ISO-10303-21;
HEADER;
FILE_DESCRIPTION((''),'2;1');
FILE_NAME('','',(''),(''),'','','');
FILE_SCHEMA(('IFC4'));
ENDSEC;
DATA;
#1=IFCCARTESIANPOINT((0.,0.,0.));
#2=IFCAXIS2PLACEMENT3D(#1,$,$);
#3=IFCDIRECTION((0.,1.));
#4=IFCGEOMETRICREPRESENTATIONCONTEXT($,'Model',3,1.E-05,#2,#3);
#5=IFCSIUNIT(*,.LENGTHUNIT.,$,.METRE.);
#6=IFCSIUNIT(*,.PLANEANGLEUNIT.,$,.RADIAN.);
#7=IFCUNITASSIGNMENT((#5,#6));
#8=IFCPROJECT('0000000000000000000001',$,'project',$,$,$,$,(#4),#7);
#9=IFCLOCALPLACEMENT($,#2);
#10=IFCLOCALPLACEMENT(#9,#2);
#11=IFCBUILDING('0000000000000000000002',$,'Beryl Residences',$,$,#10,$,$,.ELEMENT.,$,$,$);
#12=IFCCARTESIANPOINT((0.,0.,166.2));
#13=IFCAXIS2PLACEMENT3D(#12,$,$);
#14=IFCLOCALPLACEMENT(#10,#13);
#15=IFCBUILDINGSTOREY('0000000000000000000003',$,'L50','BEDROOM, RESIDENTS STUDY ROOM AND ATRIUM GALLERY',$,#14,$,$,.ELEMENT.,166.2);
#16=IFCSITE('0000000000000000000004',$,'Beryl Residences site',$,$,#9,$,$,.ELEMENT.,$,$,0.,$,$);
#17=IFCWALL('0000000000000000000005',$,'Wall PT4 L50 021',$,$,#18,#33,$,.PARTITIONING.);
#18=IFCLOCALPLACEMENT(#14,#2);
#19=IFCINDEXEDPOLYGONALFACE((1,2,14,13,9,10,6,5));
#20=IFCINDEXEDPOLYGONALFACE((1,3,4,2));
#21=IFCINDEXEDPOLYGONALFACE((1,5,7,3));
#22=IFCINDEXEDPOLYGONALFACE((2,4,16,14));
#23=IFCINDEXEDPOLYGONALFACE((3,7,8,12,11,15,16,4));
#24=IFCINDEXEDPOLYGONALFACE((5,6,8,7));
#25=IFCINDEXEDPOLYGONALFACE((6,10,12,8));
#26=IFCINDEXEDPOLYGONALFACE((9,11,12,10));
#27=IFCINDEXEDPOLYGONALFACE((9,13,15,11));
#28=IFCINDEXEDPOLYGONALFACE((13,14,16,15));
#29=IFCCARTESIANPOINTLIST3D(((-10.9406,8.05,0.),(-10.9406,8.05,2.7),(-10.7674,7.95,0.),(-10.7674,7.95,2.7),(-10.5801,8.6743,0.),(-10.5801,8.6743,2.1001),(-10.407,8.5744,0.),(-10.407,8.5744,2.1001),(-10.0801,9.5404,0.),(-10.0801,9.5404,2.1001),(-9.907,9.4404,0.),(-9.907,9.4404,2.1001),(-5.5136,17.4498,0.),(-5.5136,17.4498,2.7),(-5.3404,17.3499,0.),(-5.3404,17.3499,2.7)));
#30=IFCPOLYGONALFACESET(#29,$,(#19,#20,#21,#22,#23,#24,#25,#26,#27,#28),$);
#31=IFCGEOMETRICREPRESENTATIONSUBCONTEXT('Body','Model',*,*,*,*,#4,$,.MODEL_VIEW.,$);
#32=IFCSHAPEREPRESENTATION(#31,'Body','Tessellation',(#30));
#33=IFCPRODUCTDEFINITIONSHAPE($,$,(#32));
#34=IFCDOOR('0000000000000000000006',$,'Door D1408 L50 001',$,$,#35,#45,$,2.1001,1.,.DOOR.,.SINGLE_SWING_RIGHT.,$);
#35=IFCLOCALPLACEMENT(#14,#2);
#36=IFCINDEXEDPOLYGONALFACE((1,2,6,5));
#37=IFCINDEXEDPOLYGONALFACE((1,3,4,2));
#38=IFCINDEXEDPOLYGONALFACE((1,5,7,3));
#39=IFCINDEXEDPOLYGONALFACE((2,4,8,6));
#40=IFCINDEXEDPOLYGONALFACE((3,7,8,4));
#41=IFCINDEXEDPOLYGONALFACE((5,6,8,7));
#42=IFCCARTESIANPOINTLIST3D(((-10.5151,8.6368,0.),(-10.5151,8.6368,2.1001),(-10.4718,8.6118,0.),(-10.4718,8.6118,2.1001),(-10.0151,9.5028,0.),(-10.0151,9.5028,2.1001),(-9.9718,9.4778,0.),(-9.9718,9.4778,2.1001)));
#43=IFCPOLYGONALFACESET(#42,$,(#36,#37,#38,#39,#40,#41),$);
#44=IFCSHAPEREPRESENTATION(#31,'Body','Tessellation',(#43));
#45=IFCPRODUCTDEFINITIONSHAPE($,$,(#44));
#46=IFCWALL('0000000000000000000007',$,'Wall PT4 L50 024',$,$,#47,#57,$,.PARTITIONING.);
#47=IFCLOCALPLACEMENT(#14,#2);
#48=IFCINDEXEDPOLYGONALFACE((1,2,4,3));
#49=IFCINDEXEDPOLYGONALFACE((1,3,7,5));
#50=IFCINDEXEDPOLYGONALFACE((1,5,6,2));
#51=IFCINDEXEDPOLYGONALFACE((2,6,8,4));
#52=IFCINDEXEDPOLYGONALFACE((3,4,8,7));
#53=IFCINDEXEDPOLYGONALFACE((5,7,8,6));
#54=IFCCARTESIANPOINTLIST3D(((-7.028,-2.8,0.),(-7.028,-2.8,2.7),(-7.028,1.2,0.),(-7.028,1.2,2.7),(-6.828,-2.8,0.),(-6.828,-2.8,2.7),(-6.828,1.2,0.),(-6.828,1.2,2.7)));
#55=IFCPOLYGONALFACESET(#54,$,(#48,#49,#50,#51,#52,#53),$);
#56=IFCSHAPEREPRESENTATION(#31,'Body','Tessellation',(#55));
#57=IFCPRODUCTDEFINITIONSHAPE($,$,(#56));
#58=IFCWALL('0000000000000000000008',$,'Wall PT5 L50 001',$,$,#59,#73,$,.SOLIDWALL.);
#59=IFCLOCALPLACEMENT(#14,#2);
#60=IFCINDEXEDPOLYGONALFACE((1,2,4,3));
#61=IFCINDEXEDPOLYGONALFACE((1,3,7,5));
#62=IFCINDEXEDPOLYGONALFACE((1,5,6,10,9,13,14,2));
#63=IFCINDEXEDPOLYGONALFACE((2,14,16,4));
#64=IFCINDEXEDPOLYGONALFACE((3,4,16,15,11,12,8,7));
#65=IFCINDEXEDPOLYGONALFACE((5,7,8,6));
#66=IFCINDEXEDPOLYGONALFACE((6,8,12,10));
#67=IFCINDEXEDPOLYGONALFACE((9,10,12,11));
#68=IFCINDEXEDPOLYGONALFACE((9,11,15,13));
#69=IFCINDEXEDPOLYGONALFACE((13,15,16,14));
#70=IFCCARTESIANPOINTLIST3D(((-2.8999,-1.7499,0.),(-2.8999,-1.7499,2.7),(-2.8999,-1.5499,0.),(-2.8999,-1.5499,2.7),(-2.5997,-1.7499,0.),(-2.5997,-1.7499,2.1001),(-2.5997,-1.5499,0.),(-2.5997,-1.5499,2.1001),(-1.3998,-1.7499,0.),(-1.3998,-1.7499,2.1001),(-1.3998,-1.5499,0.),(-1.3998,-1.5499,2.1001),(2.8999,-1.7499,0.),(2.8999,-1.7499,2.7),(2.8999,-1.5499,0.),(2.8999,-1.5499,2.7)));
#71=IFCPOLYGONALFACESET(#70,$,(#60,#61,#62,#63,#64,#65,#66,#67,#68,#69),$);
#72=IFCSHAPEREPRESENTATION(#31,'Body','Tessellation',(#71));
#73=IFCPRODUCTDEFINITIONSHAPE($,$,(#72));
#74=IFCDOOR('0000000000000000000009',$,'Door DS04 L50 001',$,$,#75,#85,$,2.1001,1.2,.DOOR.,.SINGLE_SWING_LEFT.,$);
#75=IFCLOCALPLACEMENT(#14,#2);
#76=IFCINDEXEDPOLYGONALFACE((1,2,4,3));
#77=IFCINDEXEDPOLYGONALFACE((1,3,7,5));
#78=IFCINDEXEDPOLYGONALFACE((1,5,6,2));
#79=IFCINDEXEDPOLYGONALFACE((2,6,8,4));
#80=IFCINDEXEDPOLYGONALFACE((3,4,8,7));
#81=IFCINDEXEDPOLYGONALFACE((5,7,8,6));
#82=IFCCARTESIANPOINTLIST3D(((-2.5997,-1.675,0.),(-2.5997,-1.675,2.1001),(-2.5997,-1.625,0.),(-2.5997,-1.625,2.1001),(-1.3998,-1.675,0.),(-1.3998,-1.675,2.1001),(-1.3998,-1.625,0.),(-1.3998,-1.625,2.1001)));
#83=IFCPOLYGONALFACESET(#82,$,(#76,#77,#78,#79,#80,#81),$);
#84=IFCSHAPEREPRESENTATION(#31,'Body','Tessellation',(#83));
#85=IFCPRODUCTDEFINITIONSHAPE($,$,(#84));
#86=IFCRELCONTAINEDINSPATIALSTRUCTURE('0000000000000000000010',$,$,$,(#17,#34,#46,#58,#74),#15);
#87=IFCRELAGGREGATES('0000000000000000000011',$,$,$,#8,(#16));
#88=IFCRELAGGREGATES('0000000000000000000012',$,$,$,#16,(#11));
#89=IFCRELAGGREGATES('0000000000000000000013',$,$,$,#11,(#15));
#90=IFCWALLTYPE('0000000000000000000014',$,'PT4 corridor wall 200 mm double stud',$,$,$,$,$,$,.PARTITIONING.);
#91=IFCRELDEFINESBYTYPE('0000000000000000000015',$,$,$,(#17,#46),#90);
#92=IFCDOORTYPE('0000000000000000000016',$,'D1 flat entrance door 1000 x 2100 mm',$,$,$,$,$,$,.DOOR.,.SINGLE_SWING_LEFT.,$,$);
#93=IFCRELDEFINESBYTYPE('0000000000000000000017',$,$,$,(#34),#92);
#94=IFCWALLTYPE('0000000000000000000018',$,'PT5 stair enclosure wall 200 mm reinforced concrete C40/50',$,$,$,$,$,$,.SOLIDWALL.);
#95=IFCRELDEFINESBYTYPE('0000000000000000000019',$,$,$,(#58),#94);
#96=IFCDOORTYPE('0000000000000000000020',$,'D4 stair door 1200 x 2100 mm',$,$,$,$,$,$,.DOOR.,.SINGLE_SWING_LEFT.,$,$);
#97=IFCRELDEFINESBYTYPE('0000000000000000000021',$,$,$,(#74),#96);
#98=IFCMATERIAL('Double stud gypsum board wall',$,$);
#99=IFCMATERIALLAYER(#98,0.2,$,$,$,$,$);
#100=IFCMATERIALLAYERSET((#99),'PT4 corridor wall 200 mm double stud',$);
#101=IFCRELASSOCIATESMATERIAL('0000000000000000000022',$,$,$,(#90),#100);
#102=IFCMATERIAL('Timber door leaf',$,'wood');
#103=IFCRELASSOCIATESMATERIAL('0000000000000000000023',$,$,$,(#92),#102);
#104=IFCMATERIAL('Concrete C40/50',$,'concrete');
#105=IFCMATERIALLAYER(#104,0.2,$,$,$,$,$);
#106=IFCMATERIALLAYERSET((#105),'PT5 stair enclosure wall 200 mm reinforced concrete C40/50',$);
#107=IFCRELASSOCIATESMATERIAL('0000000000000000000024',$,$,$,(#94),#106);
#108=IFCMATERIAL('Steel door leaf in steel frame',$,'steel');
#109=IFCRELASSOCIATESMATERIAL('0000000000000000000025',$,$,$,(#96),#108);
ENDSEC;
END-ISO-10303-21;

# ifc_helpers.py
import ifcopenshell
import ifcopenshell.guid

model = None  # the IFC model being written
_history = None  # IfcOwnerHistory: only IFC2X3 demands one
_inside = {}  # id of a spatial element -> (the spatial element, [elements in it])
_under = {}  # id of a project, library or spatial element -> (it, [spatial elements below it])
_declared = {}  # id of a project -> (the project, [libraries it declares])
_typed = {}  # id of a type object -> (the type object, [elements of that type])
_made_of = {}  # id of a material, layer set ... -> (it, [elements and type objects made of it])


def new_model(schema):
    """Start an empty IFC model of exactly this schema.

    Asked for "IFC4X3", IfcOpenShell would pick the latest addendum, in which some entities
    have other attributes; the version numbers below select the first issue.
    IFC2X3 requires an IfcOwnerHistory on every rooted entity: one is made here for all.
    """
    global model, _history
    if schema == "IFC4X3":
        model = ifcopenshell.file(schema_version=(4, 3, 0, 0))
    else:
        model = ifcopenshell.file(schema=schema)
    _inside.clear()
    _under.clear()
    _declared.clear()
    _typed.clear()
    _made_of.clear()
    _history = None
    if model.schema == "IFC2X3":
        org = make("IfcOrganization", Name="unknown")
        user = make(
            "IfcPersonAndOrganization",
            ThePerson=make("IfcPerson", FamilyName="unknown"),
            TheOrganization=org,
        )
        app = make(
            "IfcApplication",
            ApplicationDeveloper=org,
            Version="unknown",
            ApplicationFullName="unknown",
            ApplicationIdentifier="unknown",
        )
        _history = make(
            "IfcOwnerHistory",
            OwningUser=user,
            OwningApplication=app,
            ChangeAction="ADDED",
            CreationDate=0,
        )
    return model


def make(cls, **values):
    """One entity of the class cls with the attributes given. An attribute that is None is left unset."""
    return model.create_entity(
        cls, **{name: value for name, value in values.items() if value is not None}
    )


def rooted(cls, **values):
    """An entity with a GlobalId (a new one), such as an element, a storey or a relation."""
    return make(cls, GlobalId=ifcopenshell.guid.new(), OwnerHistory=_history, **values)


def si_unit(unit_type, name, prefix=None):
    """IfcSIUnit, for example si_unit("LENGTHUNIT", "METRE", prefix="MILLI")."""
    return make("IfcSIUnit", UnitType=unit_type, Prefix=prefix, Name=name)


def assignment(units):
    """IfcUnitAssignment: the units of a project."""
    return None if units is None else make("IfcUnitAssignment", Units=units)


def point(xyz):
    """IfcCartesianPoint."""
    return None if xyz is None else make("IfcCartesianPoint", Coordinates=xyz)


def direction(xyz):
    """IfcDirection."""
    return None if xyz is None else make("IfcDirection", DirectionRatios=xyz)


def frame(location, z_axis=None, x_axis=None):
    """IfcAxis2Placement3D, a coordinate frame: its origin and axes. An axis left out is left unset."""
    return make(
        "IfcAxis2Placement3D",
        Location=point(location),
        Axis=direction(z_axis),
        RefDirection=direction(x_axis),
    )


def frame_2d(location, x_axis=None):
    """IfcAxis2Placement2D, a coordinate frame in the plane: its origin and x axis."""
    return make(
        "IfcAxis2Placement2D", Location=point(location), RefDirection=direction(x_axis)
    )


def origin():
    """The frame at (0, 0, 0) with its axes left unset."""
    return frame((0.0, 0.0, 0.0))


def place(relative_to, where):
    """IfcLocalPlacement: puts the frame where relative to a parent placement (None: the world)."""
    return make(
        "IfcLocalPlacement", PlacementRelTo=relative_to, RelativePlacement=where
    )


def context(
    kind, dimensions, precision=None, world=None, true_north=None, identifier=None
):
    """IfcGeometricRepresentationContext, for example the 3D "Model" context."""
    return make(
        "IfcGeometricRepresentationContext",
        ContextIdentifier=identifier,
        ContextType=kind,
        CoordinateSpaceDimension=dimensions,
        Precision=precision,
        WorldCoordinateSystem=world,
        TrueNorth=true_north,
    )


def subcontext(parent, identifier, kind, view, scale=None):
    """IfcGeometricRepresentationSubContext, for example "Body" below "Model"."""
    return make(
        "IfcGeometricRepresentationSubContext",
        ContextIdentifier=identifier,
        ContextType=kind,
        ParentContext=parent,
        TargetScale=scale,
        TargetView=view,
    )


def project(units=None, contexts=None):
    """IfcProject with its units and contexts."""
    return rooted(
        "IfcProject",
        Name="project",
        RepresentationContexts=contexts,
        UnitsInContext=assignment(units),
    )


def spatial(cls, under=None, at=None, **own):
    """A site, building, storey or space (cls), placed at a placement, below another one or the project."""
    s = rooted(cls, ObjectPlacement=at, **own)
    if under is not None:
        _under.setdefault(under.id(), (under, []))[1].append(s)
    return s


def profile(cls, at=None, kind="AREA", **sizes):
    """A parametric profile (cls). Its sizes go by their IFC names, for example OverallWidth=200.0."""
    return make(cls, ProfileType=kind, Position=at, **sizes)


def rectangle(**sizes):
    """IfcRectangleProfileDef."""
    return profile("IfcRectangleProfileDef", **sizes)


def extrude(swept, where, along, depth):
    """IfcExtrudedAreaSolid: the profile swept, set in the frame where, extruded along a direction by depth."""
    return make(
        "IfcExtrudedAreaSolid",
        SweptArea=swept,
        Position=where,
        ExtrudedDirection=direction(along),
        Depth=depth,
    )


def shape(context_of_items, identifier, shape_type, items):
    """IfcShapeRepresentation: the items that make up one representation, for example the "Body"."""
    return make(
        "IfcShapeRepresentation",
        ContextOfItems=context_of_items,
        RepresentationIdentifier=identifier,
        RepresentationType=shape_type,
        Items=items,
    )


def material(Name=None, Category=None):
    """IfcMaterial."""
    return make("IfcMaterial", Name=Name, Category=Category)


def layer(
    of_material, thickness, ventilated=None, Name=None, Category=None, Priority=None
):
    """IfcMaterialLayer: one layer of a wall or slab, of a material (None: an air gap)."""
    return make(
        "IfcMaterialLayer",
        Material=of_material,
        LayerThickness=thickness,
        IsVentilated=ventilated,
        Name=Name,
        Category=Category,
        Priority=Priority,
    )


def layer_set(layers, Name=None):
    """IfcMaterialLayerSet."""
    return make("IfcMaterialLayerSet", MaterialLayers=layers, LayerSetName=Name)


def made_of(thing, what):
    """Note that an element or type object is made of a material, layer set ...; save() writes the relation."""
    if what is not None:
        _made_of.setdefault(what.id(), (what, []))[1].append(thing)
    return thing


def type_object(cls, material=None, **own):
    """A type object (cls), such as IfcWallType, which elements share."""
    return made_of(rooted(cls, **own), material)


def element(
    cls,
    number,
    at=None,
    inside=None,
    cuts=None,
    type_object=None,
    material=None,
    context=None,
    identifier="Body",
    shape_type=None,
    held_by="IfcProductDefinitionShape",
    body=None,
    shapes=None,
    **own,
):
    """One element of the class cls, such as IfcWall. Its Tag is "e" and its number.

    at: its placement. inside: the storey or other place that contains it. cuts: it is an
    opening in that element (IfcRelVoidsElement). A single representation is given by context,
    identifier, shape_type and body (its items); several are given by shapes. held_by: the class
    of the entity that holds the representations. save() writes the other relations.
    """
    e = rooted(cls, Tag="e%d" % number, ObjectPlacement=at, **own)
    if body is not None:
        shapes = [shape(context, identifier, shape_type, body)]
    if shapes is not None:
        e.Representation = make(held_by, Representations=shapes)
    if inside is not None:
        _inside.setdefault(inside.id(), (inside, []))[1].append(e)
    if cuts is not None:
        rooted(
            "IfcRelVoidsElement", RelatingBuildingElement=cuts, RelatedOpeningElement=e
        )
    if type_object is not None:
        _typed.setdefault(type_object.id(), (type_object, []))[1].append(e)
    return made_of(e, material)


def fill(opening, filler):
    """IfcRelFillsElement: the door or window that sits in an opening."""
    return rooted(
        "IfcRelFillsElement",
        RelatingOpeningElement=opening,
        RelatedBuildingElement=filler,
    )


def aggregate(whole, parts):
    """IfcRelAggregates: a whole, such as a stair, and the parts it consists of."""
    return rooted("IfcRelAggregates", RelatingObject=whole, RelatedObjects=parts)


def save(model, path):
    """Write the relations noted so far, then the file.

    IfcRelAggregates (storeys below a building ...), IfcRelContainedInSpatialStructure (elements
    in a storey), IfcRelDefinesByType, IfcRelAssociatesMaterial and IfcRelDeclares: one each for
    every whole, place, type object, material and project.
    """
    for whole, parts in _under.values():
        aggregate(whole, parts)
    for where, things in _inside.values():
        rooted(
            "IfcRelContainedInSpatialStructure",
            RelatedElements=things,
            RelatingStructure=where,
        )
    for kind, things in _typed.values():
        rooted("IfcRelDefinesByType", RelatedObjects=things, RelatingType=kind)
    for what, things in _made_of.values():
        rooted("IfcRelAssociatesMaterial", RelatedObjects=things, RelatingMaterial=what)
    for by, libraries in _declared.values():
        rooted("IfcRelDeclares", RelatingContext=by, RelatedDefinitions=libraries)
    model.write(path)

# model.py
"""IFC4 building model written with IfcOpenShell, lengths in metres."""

from ifc_helpers import new_model, si_unit, direction, frame, frame_2d, origin, place, context, subcontext, project, spatial, rectangle, extrude, material, layer, layer_set, type_object, element, fill, save


model = new_model("IFC4")

# Units and contexts
model_context = context("Model", 3, precision=1e-05, world=origin(), true_north=direction((0.0, 1.0)))
body_context = subcontext(model_context, "Body", "Model", "MODEL_VIEW")
ifc_project = project(units=[si_unit("LENGTHUNIT", "METRE"), si_unit("PLANEANGLEUNIT", "RADIAN")], contexts=[model_context])

# Site, building, storey
site_placement = place(None, origin())
site = spatial("IfcSite", under=ifc_project, at=site_placement, Name="Beryl Residences site", CompositionType="ELEMENT", RefElevation=0.0)
building_placement = place(site_placement, origin())
building = spatial("IfcBuilding", under=site, at=building_placement, Name="Beryl Residences", CompositionType="ELEMENT")
storey_placement = place(building_placement, frame((0.0, 0.0, 166.2)))
storey = spatial("IfcBuildingStorey", under=building, at=storey_placement, Name="L50", Description="BEDROOM, RESIDENTS STUDY ROOM AND ATRIUM GALLERY", CompositionType="ELEMENT", Elevation=166.2)

# Shared definitions
ifc_material_1 = material(Name="Double stud gypsum board wall")
ifc_layer_1 = layer(ifc_material_1, 0.2)
ifc_layer_set_1 = layer_set([ifc_layer_1], Name="PT4 corridor wall 200 mm double stud")
wall_type_1 = type_object("IfcWallType", Name="PT4 corridor wall 200 mm double stud", PredefinedType="PARTITIONING", material=ifc_layer_set_1)

# Wall, opening, door
wall_1_placement = place(storey_placement, frame((-10.854, 8.0, 0.0), z_axis=(0.0, 0.0, 1.0), x_axis=(0.499998, 0.866027, 0.0)))
wall_1 = element("IfcWall", 1, at=wall_1_placement, inside=storey, type_object=wall_type_1, Name="Wall PT4 L50 021", PredefinedType="PARTITIONING", context=body_context, shape_type="SweptSolid", body=[
    extrude(rectangle(XDim=10.854, YDim=0.2, at=frame_2d((5.427, 0.0))), origin(), (0.0, 0.0, 1.0), 2.7),
])
opening_1_placement = place(wall_1_placement, frame((0.7209, 0.0, 0.0)))
opening_1 = element("IfcOpeningElement", 2, at=opening_1_placement, cuts=wall_1, PredefinedType="OPENING", context=body_context, shape_type="SweptSolid", body=[
    extrude(rectangle(XDim=1.0, YDim=2.1001, at=frame_2d((0.5, 1.05))), frame((0.0, 0.1099, 0.0), z_axis=(0.0, -1.0, 0.0), x_axis=(1.0, 0.0, 0.0)), (0.0, 0.0, 1.0), 0.22),
])
ifc_material_2 = material(Name="Timber door leaf", Category="wood")
door_type_1 = type_object("IfcDoorType", Name="D1 flat entrance door 1000 x 2100 mm", OperationType="SINGLE_SWING_LEFT", PredefinedType="DOOR", material=ifc_material_2)
door_1_placement = place(opening_1_placement, origin())
door_1 = element("IfcDoor", 3, at=door_1_placement, inside=storey, type_object=door_type_1, Name="Door D1408 L50 001", OperationType="SINGLE_SWING_RIGHT", OverallHeight=2.1001, OverallWidth=1.0, PredefinedType="DOOR", context=body_context, shape_type="SweptSolid", body=[
    extrude(rectangle(XDim=1.0, YDim=2.1001, at=frame_2d((0.5, 1.05))), frame((0.0, 0.0249, 0.0), z_axis=(0.0, -1.0, 0.0), x_axis=(1.0, 0.0, 0.0)), (0.0, 0.0, 1.0), 0.05),
])
fill(opening_1, door_1)

# Wall
wall_2_placement = place(storey_placement, frame((-6.928, -2.8, 0.0), z_axis=(0.0, 0.0, 1.0), x_axis=(0.0, 1.0, 0.0)))
element("IfcWall", 4, at=wall_2_placement, inside=storey, type_object=wall_type_1, Name="Wall PT4 L50 024", PredefinedType="PARTITIONING", context=body_context, shape_type="SweptSolid", body=[
    extrude(rectangle(XDim=4.0, YDim=0.2, at=frame_2d((2.0, 0.0))), origin(), (0.0, 0.0, 1.0), 2.7),
])

# Wall, opening, door
ifc_material_3 = material(Name="Concrete C40/50", Category="concrete")
ifc_layer_2 = layer(ifc_material_3, 0.2)
ifc_layer_set_2 = layer_set([ifc_layer_2], Name="PT5 stair enclosure wall 200 mm reinforced concrete C40/50")
wall_type_2 = type_object("IfcWallType", Name="PT5 stair enclosure wall 200 mm reinforced concrete C40/50", PredefinedType="SOLIDWALL", material=ifc_layer_set_2)
wall_3_placement = place(storey_placement, frame((-2.8999, -1.6499, 0.0), z_axis=(0.0, 0.0, 1.0), x_axis=(1.0, 0.0, 0.0)))
wall_3 = element("IfcWall", 5, at=wall_3_placement, inside=storey, type_object=wall_type_2, Name="Wall PT5 L50 001", PredefinedType="SOLIDWALL", context=body_context, shape_type="SweptSolid", body=[
    extrude(rectangle(XDim=5.7998, YDim=0.2, at=frame_2d((2.8999, 0.0))), origin(), (0.0, 0.0, 1.0), 2.7),
])
opening_2_placement = place(wall_3_placement, frame((0.3, 0.0, 0.0)))
opening_2 = element("IfcOpeningElement", 6, at=opening_2_placement, cuts=wall_3, PredefinedType="OPENING", context=body_context, shape_type="SweptSolid", body=[
    extrude(rectangle(XDim=1.2, YDim=2.1001, at=frame_2d((0.6001, 1.05))), frame((0.0, 0.1099, 0.0), z_axis=(0.0, -1.0, 0.0), x_axis=(1.0, 0.0, 0.0)), (0.0, 0.0, 1.0), 0.22),
])
ifc_material_4 = material(Name="Steel door leaf in steel frame", Category="steel")
door_type_2 = type_object("IfcDoorType", Name="D4 stair door 1200 x 2100 mm", OperationType="SINGLE_SWING_LEFT", PredefinedType="DOOR", material=ifc_material_4)
door_2_placement = place(opening_2_placement, origin())
door_2 = element("IfcDoor", 7, at=door_2_placement, inside=storey, type_object=door_type_2, Name="Door DS04 L50 001", OperationType="SINGLE_SWING_LEFT", OverallHeight=2.1001, OverallWidth=1.2, PredefinedType="DOOR", context=body_context, shape_type="SweptSolid", body=[
    extrude(rectangle(XDim=1.2, YDim=2.1001, at=frame_2d((0.6001, 1.05))), frame((0.0, 0.0249, 0.0), z_axis=(0.0, -1.0, 0.0), x_axis=(1.0, 0.0, 0.0)), (0.0, 0.0, 1.0), 0.05),
])
fill(opening_2, door_2)

save(model, "model.ifc")
